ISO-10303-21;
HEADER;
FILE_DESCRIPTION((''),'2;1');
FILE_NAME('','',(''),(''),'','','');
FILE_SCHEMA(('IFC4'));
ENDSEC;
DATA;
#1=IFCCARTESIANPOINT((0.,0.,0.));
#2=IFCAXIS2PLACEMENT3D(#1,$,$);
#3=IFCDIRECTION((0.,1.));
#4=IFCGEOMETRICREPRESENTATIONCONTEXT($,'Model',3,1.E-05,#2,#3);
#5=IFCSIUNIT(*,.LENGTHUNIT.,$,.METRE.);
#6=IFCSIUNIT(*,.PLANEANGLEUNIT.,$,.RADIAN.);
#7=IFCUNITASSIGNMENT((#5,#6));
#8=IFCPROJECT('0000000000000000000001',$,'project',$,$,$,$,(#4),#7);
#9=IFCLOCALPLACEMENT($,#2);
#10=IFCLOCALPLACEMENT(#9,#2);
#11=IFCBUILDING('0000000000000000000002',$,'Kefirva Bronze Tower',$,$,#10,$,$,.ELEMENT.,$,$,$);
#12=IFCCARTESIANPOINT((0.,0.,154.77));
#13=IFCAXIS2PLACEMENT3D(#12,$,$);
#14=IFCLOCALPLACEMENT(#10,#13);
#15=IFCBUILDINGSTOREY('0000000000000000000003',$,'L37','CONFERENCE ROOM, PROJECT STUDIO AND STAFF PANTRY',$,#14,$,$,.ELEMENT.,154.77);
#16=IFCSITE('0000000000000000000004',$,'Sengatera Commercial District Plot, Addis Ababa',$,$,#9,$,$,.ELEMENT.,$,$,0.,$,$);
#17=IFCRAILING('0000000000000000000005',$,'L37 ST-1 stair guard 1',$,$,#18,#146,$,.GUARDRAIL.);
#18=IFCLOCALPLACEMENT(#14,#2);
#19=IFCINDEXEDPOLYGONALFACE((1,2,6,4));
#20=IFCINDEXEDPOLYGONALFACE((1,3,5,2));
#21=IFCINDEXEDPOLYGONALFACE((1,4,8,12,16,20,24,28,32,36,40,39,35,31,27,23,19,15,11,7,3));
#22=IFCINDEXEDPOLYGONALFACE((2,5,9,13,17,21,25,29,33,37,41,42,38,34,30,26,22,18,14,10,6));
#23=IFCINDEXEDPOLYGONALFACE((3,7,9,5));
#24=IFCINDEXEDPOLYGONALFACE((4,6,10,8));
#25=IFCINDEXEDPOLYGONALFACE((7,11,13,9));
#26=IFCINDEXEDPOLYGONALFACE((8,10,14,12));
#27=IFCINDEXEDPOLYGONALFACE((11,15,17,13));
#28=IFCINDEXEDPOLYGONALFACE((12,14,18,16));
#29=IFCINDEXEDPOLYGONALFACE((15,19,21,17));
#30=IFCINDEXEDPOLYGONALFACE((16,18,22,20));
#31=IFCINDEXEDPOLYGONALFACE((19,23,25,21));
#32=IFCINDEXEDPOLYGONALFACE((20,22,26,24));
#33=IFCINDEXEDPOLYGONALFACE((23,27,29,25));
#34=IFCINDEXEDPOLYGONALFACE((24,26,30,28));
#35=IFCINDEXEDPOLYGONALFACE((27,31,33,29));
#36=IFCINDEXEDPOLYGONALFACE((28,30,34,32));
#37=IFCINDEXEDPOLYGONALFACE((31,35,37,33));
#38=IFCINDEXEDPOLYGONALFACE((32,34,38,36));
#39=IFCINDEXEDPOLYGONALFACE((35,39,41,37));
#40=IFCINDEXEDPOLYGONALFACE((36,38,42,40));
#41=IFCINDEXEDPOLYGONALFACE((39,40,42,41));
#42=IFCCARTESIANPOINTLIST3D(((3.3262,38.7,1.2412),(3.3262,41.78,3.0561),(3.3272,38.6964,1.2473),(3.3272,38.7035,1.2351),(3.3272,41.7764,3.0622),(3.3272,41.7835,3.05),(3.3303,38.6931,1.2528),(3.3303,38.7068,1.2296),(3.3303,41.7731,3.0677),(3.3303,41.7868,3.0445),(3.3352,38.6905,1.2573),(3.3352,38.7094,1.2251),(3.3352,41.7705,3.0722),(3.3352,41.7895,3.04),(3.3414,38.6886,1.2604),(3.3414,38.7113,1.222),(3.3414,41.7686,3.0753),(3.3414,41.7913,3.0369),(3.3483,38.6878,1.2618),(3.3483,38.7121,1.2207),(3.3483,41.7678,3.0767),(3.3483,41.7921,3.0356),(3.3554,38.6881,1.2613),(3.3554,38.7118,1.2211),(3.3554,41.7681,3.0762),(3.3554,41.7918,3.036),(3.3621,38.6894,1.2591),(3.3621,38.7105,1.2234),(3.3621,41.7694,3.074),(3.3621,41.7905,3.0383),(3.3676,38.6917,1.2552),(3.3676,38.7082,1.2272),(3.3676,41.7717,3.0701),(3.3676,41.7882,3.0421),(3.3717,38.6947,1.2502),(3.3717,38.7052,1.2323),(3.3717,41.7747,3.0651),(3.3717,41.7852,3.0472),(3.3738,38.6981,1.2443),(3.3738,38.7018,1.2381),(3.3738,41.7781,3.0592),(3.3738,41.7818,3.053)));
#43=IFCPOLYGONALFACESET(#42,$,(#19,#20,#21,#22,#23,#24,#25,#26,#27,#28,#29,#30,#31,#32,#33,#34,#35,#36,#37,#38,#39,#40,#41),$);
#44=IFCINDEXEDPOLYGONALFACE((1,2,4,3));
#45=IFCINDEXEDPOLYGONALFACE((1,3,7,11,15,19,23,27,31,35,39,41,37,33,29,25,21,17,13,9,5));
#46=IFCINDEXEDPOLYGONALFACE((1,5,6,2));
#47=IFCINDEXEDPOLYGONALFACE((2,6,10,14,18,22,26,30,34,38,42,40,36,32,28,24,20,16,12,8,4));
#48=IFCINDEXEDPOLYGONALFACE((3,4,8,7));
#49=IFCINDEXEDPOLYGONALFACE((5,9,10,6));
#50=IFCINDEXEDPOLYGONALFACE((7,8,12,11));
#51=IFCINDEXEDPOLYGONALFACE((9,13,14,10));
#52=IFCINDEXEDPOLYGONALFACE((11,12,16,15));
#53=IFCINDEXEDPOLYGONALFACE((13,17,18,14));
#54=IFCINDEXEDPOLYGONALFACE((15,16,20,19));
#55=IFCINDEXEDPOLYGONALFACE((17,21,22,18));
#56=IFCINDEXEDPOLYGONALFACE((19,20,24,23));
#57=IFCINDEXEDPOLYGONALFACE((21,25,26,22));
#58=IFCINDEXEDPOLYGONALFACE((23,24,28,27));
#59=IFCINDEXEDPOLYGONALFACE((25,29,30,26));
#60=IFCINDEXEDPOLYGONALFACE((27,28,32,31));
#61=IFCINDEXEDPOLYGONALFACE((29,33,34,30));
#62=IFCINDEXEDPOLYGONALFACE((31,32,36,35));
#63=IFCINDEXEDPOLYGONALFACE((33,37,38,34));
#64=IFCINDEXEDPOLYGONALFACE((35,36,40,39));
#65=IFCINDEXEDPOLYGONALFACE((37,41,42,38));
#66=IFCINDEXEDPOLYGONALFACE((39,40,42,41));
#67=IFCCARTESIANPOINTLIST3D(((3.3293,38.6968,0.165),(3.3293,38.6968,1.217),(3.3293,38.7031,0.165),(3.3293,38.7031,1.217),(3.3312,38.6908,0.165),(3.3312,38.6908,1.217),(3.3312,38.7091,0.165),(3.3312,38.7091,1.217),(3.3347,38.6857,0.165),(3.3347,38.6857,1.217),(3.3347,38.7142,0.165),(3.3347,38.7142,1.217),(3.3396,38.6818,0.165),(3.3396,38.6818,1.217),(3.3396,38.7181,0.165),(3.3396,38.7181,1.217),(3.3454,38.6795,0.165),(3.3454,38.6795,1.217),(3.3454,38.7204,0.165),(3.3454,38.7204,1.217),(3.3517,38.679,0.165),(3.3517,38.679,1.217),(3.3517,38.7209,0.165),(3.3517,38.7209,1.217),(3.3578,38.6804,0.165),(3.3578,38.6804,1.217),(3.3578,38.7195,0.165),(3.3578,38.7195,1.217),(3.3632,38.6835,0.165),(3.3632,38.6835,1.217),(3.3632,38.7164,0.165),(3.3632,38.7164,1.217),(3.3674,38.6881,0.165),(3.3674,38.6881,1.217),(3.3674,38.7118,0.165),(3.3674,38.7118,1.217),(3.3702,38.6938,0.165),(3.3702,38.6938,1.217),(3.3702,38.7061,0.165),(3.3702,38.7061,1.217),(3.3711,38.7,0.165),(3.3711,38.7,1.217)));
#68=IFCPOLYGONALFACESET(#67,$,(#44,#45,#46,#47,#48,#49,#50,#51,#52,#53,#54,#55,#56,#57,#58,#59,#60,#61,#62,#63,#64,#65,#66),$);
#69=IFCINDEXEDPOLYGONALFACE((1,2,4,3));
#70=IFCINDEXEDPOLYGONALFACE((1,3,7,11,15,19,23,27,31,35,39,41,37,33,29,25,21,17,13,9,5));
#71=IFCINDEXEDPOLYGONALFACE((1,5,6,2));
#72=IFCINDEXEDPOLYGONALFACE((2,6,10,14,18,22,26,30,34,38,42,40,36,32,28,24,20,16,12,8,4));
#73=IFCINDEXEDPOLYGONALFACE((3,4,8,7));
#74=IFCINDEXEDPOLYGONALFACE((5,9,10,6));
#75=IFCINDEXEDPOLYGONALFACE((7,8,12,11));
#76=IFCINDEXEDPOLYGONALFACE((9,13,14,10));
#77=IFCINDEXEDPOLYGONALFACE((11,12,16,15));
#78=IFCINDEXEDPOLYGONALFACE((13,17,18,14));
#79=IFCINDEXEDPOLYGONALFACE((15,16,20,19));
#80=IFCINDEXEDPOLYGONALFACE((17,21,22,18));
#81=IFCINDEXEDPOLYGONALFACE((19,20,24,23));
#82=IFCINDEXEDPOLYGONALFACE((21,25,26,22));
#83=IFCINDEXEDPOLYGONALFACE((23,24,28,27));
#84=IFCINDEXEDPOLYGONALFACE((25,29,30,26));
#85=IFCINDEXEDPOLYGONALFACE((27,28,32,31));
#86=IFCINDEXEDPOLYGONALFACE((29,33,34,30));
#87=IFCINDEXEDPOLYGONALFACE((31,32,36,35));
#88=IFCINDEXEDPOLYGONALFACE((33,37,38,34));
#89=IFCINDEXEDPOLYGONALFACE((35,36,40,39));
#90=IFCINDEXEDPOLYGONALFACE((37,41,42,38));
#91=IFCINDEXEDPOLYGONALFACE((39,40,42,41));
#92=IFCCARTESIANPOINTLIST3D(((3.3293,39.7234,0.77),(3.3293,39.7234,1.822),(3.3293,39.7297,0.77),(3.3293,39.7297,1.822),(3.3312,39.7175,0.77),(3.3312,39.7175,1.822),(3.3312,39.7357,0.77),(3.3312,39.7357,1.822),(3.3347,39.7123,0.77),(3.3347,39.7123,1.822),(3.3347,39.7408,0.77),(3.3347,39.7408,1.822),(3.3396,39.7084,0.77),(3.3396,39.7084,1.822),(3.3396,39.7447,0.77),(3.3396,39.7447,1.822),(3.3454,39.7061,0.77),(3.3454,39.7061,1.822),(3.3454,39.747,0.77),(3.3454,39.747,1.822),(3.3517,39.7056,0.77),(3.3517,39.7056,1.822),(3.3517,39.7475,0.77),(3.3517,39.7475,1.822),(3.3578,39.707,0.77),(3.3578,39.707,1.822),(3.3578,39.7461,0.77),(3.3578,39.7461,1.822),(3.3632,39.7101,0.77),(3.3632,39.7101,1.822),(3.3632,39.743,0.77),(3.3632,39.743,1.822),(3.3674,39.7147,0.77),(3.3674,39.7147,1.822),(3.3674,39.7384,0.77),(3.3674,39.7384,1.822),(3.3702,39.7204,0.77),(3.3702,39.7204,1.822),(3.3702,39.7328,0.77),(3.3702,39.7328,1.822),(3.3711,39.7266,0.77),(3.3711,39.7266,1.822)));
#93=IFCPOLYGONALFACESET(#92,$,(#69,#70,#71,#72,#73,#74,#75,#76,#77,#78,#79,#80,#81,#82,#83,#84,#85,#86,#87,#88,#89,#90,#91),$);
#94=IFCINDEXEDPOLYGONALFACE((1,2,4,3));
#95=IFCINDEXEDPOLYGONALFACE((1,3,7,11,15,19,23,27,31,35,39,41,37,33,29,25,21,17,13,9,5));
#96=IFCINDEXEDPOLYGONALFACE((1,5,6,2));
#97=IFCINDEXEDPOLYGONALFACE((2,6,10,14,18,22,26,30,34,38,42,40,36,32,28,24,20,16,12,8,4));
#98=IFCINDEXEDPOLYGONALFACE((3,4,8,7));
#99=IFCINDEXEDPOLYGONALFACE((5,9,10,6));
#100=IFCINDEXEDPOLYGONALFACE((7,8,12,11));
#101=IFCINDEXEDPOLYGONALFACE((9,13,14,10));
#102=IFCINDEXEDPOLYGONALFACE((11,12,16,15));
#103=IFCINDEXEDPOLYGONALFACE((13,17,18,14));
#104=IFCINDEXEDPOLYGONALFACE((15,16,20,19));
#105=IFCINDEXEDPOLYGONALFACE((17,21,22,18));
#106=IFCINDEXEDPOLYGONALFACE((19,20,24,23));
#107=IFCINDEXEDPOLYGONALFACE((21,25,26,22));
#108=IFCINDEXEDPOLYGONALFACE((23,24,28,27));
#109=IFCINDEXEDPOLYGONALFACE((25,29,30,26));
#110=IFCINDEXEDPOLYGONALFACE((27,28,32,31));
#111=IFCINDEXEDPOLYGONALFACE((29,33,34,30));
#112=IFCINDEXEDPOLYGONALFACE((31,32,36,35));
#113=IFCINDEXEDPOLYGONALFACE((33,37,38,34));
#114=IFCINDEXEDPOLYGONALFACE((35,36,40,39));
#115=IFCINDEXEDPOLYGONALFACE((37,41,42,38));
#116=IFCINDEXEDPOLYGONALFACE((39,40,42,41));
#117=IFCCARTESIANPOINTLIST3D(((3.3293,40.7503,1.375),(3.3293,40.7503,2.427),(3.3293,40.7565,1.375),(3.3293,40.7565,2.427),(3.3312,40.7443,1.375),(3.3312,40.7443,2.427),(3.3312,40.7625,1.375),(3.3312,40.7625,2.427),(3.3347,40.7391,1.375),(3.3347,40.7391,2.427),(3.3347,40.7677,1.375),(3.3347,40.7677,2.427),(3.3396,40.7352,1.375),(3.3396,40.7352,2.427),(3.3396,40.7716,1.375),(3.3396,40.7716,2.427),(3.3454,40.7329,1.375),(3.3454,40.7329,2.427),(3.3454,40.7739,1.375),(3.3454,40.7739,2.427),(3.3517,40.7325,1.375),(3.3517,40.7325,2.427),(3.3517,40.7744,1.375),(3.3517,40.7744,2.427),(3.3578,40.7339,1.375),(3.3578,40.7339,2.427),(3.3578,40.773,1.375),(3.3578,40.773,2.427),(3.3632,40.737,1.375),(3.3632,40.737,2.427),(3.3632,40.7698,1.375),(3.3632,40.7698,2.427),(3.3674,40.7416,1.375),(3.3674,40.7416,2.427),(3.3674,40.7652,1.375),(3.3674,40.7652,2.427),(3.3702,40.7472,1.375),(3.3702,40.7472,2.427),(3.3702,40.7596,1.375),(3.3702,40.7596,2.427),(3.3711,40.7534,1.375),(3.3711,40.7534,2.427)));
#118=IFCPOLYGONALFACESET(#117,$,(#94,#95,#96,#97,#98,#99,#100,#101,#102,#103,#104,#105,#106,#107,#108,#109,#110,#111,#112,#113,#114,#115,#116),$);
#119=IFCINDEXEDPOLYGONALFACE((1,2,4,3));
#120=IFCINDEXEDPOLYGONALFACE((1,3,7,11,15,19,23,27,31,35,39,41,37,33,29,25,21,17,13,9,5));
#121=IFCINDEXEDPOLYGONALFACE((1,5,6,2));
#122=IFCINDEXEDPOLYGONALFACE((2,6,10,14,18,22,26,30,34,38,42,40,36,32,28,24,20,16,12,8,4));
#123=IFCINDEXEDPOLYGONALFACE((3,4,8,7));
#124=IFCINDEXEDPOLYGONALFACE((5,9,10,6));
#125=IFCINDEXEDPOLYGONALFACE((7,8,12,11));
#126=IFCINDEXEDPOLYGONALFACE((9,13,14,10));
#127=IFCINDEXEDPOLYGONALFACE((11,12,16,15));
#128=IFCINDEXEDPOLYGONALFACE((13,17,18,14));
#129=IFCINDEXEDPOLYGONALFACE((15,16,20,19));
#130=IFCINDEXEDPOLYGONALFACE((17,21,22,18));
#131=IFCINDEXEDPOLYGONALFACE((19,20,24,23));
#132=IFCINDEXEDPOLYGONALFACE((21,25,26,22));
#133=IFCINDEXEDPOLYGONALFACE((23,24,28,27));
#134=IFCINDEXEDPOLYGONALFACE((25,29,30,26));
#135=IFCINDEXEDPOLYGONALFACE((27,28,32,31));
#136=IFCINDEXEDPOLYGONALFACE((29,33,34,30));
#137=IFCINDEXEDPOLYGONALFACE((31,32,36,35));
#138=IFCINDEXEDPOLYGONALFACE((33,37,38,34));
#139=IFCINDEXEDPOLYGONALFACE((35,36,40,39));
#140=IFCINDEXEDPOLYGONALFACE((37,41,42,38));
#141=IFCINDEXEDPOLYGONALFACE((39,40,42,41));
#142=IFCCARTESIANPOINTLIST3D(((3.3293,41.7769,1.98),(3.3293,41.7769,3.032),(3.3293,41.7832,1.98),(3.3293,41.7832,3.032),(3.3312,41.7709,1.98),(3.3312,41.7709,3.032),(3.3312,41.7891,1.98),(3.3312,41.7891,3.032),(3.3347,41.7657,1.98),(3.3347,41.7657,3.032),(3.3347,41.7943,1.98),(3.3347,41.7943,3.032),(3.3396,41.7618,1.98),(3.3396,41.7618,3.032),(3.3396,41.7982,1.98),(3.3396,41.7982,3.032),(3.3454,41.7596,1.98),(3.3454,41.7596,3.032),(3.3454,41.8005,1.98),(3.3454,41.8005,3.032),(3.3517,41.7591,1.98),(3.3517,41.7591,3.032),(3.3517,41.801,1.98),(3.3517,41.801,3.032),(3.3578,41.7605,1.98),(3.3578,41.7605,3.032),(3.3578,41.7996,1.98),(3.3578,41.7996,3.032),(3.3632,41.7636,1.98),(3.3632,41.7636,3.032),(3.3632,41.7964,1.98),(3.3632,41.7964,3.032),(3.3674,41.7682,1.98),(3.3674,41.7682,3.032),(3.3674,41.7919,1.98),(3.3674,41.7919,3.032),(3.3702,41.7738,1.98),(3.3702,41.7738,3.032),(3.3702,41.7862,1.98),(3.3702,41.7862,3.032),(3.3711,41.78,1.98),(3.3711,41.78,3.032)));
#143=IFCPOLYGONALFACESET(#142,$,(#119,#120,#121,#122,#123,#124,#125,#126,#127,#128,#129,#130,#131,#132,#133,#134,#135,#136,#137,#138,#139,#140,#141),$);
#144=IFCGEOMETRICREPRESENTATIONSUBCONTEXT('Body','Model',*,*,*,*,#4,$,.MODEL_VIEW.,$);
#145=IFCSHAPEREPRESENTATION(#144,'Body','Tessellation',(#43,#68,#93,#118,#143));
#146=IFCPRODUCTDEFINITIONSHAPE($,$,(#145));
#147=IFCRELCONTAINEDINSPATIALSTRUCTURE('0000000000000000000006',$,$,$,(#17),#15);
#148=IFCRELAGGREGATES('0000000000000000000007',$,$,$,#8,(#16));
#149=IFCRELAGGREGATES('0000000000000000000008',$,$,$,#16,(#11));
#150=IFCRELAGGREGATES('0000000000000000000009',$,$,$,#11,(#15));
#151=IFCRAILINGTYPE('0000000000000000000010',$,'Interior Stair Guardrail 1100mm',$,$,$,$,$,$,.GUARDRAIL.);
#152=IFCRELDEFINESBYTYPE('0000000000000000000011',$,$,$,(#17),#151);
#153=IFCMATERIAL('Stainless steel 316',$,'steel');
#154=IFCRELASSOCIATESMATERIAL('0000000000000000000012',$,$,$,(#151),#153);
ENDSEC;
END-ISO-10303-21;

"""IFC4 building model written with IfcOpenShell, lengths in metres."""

from ifc_helpers import new_model, si_unit, direction, frame, origin, origin_2d, place, context, subcontext, project, spatial, circle, extrude, material, type_object, element, save


model = new_model("IFC4")

# Units and contexts
model_context = context("Model", 3, precision=1e-05, world=origin(), true_north=direction((0.0, 1.0)))
body_context = subcontext(model_context, "Body", "Model", "MODEL_VIEW")
ifc_project = project(units=[si_unit("LENGTHUNIT", "METRE"), si_unit("PLANEANGLEUNIT", "RADIAN")], contexts=[model_context])

# Site, building, storey
site_placement = place(None, origin())
site = spatial("IfcSite", under=ifc_project, at=site_placement, Name="Sengatera Commercial District Plot, Addis Ababa", CompositionType="ELEMENT", RefElevation=0.0)
building_placement = place(site_placement, origin())
building = spatial("IfcBuilding", under=site, at=building_placement, Name="Kefirva Bronze Tower", CompositionType="ELEMENT")
storey_placement = place(building_placement, frame((0.0, 0.0, 154.77)))
storey = spatial("IfcBuildingStorey", under=building, at=storey_placement, Name="L37", Description="CONFERENCE ROOM, PROJECT STUDIO AND STAFF PANTRY", CompositionType="ELEMENT", Elevation=154.77)

# Railing
ifc_material_1 = material(Name="Stainless steel 316", Category="steel")
railing_type_1 = type_object("IfcRailingType", Name="Interior Stair Guardrail 1100mm", PredefinedType="GUARDRAIL", material=ifc_material_1)
railing_1_placement = place(storey_placement, frame((3.3501, 38.7, 0.165)))
element("IfcRailing", 1, at=railing_1_placement, inside=storey, type_object=railing_type_1, Name="L37 ST-1 stair guard 1", PredefinedType="GUARDRAIL", context=body_context, shape_type="SweptSolid", body=[
    extrude(circle(Radius=0.0239, at=origin_2d()), frame((0.0, 0.0, 1.0762), z_axis=(0.0, 0.861551, 0.507671), x_axis=(-1.0, 0.0, 0.0)), (0.0, 0.0, 1.0), 3.575),
    extrude(circle(Radius=0.021, at=origin_2d()), origin(), (0.0, 0.0, 1.0), 1.052),
    extrude(circle(Radius=0.021, at=origin_2d()), frame((0.0, 1.0266, 0.605)), (0.0, 0.0, 1.0), 1.052),
    extrude(circle(Radius=0.021, at=origin_2d()), frame((0.0, 2.0535, 1.21)), (0.0, 0.0, 1.0), 1.052),
    extrude(circle(Radius=0.021, at=origin_2d()), frame((0.0, 3.0801, 1.8149)), (0.0, 0.0, 1.0), 1.052),
])

save(model, "model.ifc")
